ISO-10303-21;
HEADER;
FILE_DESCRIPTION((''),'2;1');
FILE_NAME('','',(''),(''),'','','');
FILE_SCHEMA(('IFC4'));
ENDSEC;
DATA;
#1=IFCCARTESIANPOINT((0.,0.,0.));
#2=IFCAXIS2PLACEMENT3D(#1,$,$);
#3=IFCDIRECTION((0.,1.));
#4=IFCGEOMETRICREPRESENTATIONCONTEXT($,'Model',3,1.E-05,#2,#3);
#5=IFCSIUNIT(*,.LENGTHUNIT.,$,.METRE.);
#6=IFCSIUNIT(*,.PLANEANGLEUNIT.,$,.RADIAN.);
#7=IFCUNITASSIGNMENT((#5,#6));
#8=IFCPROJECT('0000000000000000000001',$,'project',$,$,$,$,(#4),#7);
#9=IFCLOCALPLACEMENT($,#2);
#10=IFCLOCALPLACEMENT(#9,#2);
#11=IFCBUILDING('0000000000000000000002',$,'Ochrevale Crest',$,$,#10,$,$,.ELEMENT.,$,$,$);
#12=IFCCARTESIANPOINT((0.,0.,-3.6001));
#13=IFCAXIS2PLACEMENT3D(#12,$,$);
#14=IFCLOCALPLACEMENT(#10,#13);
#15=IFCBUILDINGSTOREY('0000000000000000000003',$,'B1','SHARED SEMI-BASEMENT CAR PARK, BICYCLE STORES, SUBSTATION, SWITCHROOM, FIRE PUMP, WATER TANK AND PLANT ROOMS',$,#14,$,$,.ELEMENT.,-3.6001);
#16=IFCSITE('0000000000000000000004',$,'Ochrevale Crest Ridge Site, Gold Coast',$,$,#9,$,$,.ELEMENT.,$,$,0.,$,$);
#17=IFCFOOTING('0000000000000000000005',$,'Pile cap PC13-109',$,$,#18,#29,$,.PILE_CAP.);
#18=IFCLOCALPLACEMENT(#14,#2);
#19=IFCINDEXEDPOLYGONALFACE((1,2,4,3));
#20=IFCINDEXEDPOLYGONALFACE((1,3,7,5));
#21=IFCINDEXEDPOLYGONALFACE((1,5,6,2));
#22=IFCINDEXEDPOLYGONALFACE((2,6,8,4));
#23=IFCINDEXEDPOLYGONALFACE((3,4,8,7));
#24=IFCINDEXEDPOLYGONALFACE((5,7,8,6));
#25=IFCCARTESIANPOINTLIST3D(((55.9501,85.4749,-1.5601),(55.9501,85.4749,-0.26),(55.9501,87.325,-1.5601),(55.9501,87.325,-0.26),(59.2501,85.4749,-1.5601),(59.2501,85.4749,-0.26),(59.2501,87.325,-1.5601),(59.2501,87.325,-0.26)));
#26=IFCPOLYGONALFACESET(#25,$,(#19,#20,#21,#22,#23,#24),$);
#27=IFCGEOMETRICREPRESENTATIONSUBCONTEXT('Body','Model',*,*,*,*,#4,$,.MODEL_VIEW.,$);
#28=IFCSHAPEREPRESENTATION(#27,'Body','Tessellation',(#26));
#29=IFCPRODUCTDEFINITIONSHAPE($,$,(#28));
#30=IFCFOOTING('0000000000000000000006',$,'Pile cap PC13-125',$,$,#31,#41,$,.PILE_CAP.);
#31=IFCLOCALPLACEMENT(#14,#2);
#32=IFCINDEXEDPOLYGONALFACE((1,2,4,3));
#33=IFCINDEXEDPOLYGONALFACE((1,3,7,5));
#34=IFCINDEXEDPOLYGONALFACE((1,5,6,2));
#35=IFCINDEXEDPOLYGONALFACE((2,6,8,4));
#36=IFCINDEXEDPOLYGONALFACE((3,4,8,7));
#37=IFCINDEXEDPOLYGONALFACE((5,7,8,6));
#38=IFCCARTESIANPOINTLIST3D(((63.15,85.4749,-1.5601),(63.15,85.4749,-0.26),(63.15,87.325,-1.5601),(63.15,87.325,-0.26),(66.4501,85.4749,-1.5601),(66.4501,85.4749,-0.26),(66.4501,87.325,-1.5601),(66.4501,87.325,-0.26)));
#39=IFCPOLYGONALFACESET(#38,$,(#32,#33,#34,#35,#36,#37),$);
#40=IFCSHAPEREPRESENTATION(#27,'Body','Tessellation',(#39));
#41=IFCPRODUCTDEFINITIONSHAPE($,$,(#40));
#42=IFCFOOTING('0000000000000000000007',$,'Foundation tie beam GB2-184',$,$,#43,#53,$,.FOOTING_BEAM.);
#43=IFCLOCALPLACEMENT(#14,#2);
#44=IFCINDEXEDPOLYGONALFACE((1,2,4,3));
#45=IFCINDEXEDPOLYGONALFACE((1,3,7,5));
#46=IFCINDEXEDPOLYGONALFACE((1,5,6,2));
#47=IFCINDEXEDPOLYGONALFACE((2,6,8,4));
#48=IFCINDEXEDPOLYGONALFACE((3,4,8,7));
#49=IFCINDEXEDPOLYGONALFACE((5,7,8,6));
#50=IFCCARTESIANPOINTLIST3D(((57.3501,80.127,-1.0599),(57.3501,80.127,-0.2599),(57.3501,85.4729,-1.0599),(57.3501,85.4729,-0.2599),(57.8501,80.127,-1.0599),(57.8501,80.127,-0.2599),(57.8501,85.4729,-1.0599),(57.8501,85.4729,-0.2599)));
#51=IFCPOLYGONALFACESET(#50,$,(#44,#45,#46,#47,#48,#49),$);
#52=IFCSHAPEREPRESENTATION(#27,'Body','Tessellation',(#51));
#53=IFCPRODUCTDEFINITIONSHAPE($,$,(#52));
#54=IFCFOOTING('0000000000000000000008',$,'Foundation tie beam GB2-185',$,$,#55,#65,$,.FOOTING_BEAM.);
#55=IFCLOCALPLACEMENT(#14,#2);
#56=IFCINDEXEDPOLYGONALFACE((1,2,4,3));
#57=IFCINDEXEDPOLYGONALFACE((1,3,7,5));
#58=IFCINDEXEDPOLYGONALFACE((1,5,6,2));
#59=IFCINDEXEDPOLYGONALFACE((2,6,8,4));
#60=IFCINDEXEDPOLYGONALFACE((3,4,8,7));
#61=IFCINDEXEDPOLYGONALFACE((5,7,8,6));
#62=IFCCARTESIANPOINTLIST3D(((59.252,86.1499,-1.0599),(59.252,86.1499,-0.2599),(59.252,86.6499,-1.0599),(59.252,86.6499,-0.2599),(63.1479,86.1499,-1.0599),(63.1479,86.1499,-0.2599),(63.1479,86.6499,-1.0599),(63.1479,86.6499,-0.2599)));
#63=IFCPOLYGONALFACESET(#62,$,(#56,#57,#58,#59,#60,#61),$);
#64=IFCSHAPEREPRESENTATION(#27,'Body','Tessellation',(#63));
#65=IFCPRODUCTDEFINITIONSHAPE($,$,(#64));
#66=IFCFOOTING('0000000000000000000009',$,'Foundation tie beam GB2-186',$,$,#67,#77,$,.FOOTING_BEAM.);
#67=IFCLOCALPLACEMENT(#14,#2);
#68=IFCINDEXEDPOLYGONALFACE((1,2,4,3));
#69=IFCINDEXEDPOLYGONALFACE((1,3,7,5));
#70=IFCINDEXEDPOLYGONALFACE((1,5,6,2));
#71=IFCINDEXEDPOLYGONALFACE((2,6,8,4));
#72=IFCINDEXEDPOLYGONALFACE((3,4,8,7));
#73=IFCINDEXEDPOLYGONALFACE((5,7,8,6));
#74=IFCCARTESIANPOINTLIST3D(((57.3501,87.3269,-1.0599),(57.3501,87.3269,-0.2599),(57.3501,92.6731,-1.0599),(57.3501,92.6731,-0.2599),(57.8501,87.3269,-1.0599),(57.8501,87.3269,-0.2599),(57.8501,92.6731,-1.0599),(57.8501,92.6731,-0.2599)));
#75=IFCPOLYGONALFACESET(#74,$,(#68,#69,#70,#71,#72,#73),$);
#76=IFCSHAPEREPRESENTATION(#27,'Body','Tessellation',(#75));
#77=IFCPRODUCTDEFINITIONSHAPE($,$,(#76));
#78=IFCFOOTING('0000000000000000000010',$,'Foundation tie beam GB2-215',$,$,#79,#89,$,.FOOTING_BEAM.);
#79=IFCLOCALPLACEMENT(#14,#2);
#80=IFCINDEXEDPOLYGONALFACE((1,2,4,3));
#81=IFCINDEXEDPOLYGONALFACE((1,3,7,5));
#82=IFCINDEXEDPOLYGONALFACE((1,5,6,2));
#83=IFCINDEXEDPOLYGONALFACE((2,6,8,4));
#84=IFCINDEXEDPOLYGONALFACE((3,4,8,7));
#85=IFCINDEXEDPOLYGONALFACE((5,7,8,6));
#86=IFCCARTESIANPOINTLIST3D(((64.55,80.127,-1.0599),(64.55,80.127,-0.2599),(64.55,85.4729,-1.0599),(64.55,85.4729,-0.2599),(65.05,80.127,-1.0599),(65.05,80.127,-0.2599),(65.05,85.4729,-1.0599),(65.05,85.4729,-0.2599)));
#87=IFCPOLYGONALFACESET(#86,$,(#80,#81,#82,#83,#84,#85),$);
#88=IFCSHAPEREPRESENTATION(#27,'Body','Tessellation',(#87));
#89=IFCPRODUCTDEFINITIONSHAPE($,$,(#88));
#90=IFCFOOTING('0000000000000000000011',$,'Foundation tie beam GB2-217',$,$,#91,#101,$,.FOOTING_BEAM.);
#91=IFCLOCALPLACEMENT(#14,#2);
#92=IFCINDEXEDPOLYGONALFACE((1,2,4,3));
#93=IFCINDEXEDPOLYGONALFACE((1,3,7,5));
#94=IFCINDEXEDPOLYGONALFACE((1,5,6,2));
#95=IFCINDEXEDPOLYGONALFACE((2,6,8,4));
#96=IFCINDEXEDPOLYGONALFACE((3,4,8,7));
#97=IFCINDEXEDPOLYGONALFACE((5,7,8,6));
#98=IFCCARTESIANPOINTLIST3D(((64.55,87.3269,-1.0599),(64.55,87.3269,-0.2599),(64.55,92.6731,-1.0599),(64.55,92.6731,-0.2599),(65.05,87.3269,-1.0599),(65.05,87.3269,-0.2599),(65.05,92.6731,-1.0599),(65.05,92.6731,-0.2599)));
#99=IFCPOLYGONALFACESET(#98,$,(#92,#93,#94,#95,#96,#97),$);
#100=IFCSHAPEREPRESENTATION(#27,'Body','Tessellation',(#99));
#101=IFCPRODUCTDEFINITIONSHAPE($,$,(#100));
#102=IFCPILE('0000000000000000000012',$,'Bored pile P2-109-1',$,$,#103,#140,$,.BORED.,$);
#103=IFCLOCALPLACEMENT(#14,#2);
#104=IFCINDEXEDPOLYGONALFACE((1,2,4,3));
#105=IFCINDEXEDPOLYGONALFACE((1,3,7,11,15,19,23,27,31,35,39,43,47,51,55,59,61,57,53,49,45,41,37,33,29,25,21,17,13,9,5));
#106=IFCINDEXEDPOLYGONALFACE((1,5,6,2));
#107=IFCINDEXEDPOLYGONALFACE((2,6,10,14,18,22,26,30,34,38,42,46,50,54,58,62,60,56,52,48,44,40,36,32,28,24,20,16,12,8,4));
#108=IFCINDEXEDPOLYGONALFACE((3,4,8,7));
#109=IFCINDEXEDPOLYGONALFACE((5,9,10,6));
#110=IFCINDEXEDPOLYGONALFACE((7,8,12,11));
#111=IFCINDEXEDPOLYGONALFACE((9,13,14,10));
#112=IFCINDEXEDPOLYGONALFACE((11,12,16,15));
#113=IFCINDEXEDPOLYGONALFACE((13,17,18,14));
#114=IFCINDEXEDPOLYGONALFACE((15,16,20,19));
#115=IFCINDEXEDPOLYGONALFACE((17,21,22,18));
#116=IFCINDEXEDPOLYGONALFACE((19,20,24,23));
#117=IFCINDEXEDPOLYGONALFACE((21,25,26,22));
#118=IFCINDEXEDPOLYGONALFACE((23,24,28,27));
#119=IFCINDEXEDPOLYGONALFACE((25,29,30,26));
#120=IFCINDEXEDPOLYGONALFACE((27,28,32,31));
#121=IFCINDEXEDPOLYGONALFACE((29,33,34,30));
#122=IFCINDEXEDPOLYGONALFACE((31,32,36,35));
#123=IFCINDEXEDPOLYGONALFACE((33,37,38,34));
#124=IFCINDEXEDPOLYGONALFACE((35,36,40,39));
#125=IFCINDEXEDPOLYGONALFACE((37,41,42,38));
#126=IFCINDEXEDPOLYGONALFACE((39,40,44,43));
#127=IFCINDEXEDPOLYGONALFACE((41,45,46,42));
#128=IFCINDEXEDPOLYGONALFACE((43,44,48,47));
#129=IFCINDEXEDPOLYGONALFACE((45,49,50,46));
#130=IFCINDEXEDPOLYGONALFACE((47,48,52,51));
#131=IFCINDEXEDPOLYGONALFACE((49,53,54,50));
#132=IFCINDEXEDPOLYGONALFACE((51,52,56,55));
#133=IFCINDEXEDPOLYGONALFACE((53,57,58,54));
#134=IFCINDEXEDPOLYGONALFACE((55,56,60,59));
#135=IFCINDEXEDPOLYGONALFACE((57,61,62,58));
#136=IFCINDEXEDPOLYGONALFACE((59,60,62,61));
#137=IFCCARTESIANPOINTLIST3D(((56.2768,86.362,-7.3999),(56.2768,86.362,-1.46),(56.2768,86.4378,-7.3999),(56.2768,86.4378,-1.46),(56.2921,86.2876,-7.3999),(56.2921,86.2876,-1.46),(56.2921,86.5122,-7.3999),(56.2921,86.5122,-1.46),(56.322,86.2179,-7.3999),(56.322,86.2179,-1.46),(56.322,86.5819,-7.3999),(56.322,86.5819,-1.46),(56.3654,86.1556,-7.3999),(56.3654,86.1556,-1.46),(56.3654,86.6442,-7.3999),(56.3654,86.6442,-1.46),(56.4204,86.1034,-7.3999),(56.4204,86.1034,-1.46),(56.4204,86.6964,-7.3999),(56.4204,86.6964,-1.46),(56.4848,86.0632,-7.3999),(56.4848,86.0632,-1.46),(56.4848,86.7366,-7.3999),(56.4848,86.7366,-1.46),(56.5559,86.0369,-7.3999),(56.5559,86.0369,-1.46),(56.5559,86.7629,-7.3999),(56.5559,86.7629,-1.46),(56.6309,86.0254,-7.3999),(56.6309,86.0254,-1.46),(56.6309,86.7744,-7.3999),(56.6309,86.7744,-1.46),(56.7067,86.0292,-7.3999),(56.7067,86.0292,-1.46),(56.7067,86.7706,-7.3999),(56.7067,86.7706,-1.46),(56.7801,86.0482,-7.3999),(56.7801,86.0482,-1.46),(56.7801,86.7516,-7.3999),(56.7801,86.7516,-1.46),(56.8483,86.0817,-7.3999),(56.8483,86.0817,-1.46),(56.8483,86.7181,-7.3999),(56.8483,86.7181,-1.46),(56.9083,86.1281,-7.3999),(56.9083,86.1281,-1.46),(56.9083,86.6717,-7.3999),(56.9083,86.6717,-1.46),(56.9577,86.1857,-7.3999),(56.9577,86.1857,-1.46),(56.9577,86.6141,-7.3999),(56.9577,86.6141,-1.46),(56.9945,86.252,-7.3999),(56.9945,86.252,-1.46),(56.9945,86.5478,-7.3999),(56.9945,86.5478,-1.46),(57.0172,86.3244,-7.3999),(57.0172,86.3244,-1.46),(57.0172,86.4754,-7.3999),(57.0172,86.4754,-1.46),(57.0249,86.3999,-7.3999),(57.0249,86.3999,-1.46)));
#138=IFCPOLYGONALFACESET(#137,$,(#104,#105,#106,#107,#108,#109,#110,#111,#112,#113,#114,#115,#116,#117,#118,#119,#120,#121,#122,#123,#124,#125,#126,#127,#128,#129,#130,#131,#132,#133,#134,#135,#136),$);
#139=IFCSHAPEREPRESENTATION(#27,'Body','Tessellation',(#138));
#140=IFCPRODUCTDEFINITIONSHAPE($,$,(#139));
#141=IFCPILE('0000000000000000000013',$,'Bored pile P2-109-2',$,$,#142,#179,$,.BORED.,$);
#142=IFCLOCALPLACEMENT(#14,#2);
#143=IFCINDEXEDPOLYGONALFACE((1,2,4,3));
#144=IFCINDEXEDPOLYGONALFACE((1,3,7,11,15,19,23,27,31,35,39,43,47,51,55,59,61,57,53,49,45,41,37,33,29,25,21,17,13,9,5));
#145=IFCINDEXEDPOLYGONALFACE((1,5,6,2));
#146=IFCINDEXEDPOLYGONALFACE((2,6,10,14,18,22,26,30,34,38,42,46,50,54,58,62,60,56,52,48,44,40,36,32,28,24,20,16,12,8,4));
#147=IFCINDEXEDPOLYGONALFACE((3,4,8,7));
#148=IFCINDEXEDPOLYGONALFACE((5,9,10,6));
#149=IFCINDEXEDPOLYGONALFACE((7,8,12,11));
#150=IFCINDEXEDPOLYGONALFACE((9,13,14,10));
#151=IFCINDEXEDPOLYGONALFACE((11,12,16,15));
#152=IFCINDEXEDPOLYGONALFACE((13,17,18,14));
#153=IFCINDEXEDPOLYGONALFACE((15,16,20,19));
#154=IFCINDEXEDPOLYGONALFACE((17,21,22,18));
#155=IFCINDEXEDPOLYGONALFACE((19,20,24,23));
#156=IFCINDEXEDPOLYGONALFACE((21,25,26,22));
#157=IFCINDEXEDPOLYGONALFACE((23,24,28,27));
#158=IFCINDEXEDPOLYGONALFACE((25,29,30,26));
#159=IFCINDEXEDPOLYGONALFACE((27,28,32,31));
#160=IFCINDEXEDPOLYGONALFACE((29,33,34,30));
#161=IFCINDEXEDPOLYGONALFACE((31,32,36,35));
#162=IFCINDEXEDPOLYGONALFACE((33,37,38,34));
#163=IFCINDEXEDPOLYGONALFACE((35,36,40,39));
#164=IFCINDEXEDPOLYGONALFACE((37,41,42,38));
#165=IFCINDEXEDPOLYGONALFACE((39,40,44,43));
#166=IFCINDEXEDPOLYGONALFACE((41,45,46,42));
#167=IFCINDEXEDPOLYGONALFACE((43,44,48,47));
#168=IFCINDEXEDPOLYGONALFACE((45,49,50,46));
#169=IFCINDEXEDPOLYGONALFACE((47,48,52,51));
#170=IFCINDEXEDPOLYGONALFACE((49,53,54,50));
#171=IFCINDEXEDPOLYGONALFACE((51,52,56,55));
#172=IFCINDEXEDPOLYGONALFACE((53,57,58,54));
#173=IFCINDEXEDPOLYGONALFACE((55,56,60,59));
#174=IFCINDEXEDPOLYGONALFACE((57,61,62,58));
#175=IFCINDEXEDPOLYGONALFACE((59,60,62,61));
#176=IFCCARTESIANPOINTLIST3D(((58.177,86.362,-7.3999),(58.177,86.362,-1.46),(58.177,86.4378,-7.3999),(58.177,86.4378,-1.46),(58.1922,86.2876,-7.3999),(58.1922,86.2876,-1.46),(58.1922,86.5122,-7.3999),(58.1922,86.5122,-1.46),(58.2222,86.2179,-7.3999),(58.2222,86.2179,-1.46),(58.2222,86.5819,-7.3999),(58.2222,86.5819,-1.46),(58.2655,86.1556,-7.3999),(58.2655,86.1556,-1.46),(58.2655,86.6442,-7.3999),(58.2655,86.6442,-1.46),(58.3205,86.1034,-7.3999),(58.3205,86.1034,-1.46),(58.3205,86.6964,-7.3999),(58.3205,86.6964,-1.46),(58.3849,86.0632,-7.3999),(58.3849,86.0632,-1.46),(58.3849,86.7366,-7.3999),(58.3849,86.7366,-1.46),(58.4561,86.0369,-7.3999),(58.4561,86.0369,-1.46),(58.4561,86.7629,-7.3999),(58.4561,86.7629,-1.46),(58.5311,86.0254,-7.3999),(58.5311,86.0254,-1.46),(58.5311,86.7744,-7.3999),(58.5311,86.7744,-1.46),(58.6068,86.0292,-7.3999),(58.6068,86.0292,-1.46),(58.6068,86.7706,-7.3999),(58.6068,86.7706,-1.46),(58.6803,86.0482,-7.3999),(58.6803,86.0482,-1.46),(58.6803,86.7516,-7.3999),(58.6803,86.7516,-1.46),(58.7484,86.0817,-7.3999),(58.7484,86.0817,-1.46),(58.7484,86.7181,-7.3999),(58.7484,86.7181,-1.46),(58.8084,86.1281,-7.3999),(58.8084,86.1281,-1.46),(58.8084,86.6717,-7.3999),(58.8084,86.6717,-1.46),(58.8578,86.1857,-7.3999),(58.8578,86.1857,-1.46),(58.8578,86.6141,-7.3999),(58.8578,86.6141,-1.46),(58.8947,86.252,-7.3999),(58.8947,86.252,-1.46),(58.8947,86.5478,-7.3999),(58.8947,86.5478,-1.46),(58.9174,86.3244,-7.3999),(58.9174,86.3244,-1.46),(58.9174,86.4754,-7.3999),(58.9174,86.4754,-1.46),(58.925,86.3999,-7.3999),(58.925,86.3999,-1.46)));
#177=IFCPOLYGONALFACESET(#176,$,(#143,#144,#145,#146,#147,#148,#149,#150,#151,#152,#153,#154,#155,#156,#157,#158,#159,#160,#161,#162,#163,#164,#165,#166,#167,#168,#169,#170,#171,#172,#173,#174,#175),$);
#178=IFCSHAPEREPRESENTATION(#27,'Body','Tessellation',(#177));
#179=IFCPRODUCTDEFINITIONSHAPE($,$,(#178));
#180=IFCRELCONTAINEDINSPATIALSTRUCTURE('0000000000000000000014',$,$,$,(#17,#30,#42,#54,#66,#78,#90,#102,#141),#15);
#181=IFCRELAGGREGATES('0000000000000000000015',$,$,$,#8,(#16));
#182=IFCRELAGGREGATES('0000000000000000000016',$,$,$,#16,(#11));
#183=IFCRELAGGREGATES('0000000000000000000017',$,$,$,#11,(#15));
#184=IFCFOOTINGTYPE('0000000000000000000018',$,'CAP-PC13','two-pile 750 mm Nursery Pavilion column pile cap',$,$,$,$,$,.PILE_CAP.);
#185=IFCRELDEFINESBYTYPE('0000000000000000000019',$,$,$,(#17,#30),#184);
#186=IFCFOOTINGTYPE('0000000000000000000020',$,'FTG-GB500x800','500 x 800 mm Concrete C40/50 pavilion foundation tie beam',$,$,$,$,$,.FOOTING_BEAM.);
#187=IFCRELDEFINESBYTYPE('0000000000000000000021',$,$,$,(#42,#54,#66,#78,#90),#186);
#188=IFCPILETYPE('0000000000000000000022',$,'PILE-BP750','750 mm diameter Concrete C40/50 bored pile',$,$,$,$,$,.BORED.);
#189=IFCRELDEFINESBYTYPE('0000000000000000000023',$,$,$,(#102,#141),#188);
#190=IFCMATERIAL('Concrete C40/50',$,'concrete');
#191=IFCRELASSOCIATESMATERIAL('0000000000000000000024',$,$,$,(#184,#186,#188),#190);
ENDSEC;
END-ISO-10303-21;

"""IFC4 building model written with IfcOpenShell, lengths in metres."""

from ifc_helpers import new_model, si_unit, direction, frame, origin, origin_2d, place, context, subcontext, project, spatial, rectangle, circle, extrude, material, material_profile, profile_set, type_object, element, save


model = new_model("IFC4")

# Units and contexts
model_context = context("Model", 3, precision=1e-05, world=origin(), true_north=direction((0.0, 1.0)))
body_context = subcontext(model_context, "Body", "Model", "MODEL_VIEW")
ifc_project = project(units=[si_unit("LENGTHUNIT", "METRE"), si_unit("PLANEANGLEUNIT", "RADIAN")], contexts=[model_context])

# Site, building, storey
site_placement = place(None, origin())
site = spatial("IfcSite", under=ifc_project, at=site_placement, Name="Ochrevale Crest Ridge Site, Gold Coast", CompositionType="ELEMENT", RefElevation=0.0)
building_placement = place(site_placement, origin())
building = spatial("IfcBuilding", under=site, at=building_placement, Name="Ochrevale Crest", CompositionType="ELEMENT")
storey_placement = place(building_placement, frame((0.0, 0.0, -3.6001)))
storey = spatial("IfcBuildingStorey", under=building, at=storey_placement, Name="B1", Description="SHARED SEMI-BASEMENT CAR PARK, BICYCLE STORES, SUBSTATION, SWITCHROOM, FIRE PUMP, WATER TANK AND PLANT ROOMS", CompositionType="ELEMENT", Elevation=-3.6001)

# Footings
ifc_material_1 = material(Name="Concrete C40/50", Category="concrete")
footing_type_1 = type_object("IfcFootingType", Name="CAP-PC13", Description="two-pile 750 mm Nursery Pavilion column pile cap", PredefinedType="PILE_CAP", material=ifc_material_1)
for number, where, z_axis, x_axis, name in (
    (1, (57.6001, 86.3999, -1.5601), (0.0, 0.0, 1.0), (1.0, 0.0, 0.0), "Pile cap PC13-109"),
    (2, (64.8, 86.3999, -1.5601), (0.0, 0.0, 1.0), (1.0, 0.0, 0.0), "Pile cap PC13-125"),
):
    element("IfcFooting", number, at=place(storey_placement, frame(where, z_axis=z_axis, x_axis=x_axis)), inside=storey, type_object=footing_type_1, Name=name, PredefinedType="PILE_CAP", context=body_context, shape_type="SweptSolid", body=[
        extrude(rectangle(XDim=3.3, YDim=1.8501, at=origin_2d()), origin(), (0.0, 0.0, 1.0), 1.3),
    ])
ifc_material_profile_1 = material_profile(ifc_material_1, rectangle(XDim=0.5, YDim=0.8, at=origin_2d()), Name="GB 500x800")
ifc_profile_set_1 = profile_set([ifc_material_profile_1], Name="Concrete C40/50")
footing_type_2 = type_object("IfcFootingType", Name="FTG-GB500x800", Description="500 x 800 mm Concrete C40/50 pavilion foundation tie beam", PredefinedType="FOOTING_BEAM", material=ifc_profile_set_1)
footing_1_placement = place(storey_placement, frame((57.6001, 80.127, -0.6599), z_axis=(0.0, 1.0, 0.0), x_axis=(-1.0, 0.0, 0.0)))
element("IfcFooting", 3, at=footing_1_placement, inside=storey, type_object=footing_type_2, Name="Foundation tie beam GB2-184", PredefinedType="FOOTING_BEAM", context=body_context, shape_type="SweptSolid", body=[
    extrude(rectangle(XDim=0.5, YDim=0.8, at=origin_2d()), origin(), (0.0, 0.0, 1.0), 5.3459),
])
footing_2_placement = place(storey_placement, frame((59.252, 86.3999, -0.6599), z_axis=(1.0, 0.0, 0.0), x_axis=(0.0, 1.0, 0.0)))
element("IfcFooting", 4, at=footing_2_placement, inside=storey, type_object=footing_type_2, Name="Foundation tie beam GB2-185", PredefinedType="FOOTING_BEAM", context=body_context, shape_type="SweptSolid", body=[
    extrude(rectangle(XDim=0.5, YDim=0.8, at=origin_2d()), origin(), (0.0, 0.0, 1.0), 3.896),
])
footing_3_placement = place(storey_placement, frame((57.6001, 87.3269, -0.6599), z_axis=(0.0, 1.0, 0.0), x_axis=(-1.0, 0.0, 0.0)))
element("IfcFooting", 5, at=footing_3_placement, inside=storey, type_object=footing_type_2, Name="Foundation tie beam GB2-186", PredefinedType="FOOTING_BEAM", context=body_context, shape_type="SweptSolid", body=[
    extrude(rectangle(XDim=0.5, YDim=0.8, at=origin_2d()), origin(), (0.0, 0.0, 1.0), 5.3462),
])
footing_4_placement = place(storey_placement, frame((64.8, 80.127, -0.6599), z_axis=(0.0, 1.0, 0.0), x_axis=(-1.0, 0.0, 0.0)))
element("IfcFooting", 6, at=footing_4_placement, inside=storey, type_object=footing_type_2, Name="Foundation tie beam GB2-215", PredefinedType="FOOTING_BEAM", context=body_context, shape_type="SweptSolid", body=[
    extrude(rectangle(XDim=0.5, YDim=0.8, at=origin_2d()), origin(), (0.0, 0.0, 1.0), 5.3459),
])
footing_5_placement = place(storey_placement, frame((64.8, 87.3269, -0.6599), z_axis=(0.0, 1.0, 0.0), x_axis=(-1.0, 0.0, 0.0)))
element("IfcFooting", 7, at=footing_5_placement, inside=storey, type_object=footing_type_2, Name="Foundation tie beam GB2-217", PredefinedType="FOOTING_BEAM", context=body_context, shape_type="SweptSolid", body=[
    extrude(rectangle(XDim=0.5, YDim=0.8, at=origin_2d()), origin(), (0.0, 0.0, 1.0), 5.3462),
])

# Piles
ifc_material_profile_2 = material_profile(ifc_material_1, circle(Radius=0.375, at=origin_2d()), Name="BORED PILE 750")
ifc_profile_set_2 = profile_set([ifc_material_profile_2], Name="Concrete C40/50")
pile_type = type_object("IfcPileType", Name="PILE-BP750", Description="750 mm diameter Concrete C40/50 bored pile", PredefinedType="BORED", material=ifc_profile_set_2)
for number, where, z_axis, x_axis, name in (
    (8, (56.6499, 86.3999, -1.46), (0.0, 0.0, -1.0), (1.0, 0.0, 0.0), "Bored pile P2-109-1"),
    (9, (58.55, 86.3999, -1.46), (0.0, 0.0, -1.0), (1.0, 0.0, 0.0), "Bored pile P2-109-2"),
):
    element("IfcPile", number, at=place(storey_placement, frame(where, z_axis=z_axis, x_axis=x_axis)), inside=storey, type_object=pile_type, Name=name, PredefinedType="BORED", context=body_context, shape_type="SweptSolid", body=[
        extrude(circle(Radius=0.375, at=origin_2d()), origin(), (0.0, 0.0, 1.0), 5.9399),
    ])

save(model, "model.ifc")
